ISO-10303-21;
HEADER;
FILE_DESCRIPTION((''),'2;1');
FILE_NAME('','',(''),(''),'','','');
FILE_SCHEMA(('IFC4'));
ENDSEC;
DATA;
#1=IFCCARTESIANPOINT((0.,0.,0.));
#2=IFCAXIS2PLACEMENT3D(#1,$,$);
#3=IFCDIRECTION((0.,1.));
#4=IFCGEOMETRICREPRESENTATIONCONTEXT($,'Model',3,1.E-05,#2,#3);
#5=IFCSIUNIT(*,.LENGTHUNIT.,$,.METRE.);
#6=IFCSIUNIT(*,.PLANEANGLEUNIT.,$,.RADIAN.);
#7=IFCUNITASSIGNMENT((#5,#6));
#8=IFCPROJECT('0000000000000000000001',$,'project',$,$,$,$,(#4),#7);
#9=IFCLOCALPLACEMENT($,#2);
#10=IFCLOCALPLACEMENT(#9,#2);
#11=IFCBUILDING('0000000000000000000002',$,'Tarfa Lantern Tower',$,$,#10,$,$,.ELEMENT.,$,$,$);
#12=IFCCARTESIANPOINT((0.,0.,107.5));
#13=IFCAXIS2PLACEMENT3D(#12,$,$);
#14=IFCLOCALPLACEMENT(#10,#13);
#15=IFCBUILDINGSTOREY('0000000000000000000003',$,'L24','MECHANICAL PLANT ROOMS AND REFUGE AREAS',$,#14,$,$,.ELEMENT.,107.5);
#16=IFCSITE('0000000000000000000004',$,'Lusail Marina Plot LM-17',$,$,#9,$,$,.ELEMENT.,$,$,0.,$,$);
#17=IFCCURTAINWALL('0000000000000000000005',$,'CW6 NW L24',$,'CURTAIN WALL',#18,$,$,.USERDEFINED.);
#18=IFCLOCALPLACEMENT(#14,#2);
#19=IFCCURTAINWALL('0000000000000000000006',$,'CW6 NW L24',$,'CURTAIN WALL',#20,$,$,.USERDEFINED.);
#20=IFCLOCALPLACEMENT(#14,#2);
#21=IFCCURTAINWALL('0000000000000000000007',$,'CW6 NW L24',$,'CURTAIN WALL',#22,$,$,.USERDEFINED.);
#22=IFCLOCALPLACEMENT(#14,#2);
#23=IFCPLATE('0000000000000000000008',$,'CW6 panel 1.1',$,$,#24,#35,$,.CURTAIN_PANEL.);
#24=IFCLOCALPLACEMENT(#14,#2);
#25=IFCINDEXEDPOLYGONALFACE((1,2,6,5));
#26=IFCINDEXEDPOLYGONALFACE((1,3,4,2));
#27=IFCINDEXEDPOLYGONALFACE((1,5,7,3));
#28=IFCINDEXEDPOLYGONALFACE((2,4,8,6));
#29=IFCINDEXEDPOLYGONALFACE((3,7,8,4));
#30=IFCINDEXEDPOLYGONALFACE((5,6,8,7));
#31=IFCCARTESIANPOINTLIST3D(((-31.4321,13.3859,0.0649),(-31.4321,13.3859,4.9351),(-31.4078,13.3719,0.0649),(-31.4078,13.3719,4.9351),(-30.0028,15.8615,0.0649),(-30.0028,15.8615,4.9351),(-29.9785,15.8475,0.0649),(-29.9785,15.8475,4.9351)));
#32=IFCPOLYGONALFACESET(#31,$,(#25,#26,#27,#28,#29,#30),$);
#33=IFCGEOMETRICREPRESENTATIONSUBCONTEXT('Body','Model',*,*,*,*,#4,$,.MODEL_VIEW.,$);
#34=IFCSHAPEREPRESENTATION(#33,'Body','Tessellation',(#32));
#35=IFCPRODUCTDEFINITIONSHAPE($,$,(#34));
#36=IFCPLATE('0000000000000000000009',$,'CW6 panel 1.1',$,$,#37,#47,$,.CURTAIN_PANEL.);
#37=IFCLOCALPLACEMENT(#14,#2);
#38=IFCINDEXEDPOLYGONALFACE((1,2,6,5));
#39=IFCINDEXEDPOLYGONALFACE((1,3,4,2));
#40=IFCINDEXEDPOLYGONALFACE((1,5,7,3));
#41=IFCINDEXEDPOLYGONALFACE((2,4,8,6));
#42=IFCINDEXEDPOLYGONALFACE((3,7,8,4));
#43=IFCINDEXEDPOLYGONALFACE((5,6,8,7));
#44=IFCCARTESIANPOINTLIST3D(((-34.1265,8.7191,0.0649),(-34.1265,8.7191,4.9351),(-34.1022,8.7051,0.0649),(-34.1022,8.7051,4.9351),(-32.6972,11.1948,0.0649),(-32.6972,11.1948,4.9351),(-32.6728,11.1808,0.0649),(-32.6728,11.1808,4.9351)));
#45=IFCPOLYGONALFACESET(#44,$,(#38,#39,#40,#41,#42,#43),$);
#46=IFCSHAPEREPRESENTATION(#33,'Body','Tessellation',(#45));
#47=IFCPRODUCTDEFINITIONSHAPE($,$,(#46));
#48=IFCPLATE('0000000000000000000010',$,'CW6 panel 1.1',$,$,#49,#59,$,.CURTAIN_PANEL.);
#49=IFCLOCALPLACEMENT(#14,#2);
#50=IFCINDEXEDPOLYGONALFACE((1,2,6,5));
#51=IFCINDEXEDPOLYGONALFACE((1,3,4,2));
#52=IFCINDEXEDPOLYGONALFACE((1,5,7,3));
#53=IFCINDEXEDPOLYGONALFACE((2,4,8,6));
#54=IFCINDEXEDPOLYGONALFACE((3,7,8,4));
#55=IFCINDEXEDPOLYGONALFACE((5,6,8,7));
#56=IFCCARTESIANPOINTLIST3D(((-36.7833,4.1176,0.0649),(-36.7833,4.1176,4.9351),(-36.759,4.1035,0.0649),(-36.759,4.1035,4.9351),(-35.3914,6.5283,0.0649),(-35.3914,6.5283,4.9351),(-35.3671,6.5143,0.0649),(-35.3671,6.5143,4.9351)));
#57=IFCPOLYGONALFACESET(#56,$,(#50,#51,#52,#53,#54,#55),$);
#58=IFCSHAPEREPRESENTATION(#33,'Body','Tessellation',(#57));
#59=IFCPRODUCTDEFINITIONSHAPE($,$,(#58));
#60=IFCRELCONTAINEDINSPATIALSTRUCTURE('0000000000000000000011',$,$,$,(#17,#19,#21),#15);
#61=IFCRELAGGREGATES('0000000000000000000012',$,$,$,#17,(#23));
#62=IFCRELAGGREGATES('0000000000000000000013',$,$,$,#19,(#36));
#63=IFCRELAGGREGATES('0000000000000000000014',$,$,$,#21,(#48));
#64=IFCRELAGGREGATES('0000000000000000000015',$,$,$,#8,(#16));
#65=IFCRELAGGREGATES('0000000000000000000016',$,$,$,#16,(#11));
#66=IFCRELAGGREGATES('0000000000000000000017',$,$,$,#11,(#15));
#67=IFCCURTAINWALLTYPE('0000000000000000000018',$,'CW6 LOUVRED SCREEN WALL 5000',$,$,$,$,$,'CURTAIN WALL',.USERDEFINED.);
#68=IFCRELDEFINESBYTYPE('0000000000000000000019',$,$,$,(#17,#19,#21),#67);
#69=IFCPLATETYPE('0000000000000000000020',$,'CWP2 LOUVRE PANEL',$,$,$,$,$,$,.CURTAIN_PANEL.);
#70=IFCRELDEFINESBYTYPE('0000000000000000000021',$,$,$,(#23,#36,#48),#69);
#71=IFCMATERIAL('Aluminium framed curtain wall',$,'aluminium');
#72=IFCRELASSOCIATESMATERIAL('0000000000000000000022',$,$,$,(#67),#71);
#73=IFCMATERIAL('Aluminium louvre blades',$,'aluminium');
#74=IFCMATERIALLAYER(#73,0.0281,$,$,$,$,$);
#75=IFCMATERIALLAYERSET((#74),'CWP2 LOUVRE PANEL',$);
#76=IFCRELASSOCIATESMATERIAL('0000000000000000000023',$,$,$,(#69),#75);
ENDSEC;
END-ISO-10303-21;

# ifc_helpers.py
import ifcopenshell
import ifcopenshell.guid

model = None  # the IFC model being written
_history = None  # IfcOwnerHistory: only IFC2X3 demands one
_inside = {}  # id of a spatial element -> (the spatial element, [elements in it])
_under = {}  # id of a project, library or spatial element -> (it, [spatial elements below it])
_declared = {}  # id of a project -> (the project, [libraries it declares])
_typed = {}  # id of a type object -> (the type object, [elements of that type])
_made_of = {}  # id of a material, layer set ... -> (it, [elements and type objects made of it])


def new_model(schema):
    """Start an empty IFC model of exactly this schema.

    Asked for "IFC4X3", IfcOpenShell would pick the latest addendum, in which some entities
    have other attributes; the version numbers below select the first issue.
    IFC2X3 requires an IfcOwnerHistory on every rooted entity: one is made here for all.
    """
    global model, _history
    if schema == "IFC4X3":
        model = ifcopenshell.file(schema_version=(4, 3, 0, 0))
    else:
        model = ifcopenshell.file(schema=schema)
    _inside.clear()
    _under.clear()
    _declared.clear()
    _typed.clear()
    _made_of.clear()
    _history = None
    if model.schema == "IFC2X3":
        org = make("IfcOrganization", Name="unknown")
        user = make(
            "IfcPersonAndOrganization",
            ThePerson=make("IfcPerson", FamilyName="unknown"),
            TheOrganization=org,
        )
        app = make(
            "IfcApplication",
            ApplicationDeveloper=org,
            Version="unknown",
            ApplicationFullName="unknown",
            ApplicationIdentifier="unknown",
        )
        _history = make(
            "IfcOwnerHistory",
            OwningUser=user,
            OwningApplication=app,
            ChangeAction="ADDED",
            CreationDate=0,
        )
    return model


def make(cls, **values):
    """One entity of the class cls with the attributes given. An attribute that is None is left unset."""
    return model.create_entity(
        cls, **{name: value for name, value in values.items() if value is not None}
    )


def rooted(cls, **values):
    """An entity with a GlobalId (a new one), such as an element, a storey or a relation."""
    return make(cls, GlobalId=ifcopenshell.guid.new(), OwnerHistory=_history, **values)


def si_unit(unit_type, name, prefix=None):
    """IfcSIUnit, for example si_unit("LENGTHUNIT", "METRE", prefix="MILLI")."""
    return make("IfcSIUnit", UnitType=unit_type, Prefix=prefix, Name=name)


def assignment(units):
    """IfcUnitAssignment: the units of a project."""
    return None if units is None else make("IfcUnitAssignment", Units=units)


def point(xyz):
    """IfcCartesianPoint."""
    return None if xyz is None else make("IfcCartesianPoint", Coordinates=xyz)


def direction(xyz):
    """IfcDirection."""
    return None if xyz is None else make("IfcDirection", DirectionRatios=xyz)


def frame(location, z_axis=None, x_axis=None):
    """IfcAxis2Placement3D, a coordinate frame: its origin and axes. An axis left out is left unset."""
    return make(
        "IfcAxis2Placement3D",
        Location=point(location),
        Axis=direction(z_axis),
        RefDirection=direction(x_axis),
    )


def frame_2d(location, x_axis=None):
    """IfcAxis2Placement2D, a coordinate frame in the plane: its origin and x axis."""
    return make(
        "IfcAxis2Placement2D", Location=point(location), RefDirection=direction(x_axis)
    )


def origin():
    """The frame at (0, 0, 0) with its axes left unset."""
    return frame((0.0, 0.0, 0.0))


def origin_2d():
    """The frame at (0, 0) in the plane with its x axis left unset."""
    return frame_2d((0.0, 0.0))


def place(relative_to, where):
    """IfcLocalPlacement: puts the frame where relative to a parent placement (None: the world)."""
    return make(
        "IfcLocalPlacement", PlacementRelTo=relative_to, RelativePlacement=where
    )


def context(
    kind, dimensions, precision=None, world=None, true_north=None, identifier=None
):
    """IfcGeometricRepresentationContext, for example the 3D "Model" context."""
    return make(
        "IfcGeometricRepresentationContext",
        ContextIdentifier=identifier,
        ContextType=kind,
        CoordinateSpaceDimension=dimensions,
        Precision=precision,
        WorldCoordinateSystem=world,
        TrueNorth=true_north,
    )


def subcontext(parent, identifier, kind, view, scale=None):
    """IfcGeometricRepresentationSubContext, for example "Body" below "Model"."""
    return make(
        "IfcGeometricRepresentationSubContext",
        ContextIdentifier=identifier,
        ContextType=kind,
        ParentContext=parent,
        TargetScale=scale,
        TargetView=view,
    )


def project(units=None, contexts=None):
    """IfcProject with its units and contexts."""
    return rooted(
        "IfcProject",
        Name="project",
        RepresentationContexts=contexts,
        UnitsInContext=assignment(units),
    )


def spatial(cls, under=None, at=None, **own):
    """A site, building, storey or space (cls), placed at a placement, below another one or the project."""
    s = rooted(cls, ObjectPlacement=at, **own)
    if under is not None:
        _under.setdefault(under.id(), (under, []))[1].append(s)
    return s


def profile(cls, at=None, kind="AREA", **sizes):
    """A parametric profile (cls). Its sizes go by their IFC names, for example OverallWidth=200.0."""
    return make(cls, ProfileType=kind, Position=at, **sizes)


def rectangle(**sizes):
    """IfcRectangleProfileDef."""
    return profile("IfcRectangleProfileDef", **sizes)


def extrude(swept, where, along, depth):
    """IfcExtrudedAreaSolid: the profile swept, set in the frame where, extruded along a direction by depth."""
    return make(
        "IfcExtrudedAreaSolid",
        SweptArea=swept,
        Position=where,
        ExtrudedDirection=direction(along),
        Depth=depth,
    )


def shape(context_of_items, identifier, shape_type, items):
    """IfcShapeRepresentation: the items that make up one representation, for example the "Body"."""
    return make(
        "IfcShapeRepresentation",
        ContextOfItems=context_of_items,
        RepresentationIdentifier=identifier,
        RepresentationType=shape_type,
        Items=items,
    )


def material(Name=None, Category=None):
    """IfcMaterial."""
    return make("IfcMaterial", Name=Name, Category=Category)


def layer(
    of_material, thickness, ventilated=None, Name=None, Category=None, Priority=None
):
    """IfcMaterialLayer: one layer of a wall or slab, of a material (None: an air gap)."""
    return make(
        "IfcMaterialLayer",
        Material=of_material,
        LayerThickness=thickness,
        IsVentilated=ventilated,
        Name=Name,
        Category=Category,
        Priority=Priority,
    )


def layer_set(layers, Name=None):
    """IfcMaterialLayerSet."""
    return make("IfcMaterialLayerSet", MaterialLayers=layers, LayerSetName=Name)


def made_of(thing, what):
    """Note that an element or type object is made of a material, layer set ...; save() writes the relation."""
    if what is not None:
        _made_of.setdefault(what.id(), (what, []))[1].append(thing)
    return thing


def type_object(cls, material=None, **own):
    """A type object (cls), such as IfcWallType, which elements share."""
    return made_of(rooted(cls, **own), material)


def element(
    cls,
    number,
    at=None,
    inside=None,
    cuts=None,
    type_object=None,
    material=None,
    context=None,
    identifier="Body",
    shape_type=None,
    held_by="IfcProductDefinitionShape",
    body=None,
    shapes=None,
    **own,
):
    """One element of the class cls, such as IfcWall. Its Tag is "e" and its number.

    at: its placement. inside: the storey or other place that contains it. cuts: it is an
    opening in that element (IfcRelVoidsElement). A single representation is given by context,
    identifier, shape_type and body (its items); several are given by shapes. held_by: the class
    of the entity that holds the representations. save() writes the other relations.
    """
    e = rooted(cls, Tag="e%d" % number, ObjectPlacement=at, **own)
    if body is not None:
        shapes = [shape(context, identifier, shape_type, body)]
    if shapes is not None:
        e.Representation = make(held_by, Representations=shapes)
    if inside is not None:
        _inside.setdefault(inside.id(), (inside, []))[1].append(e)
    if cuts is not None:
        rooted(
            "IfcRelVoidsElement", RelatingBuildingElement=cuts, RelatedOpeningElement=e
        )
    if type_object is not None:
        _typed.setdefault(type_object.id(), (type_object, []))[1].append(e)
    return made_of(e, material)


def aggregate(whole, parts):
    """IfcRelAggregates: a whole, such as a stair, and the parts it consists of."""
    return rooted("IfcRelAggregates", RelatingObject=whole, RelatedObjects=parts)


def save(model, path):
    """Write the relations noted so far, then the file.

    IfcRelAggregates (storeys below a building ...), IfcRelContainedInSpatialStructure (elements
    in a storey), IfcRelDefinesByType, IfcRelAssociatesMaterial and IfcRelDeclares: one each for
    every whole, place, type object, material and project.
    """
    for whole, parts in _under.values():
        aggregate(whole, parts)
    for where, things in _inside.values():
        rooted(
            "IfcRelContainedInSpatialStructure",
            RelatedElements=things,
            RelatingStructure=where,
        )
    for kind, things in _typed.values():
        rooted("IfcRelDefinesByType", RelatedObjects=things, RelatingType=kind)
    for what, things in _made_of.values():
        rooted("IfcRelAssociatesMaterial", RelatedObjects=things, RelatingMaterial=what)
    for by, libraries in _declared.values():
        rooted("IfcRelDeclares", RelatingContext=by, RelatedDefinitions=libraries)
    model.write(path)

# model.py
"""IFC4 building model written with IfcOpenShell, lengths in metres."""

from ifc_helpers import new_model, si_unit, direction, frame, origin, origin_2d, place, context, subcontext, project, spatial, rectangle, extrude, material, layer, layer_set, type_object, element, aggregate, save


model = new_model("IFC4")

# Units and contexts
model_context = context("Model", 3, precision=1e-05, world=origin(), true_north=direction((0.0, 1.0)))
body_context = subcontext(model_context, "Body", "Model", "MODEL_VIEW")
ifc_project = project(units=[si_unit("LENGTHUNIT", "METRE"), si_unit("PLANEANGLEUNIT", "RADIAN")], contexts=[model_context])

# Site, building, storey
site_placement = place(None, origin())
site = spatial("IfcSite", under=ifc_project, at=site_placement, Name="Lusail Marina Plot LM-17", CompositionType="ELEMENT", RefElevation=0.0)
building_placement = place(site_placement, origin())
building = spatial("IfcBuilding", under=site, at=building_placement, Name="Tarfa Lantern Tower", CompositionType="ELEMENT")
storey_placement = place(building_placement, frame((0.0, 0.0, 107.5)))
storey = spatial("IfcBuildingStorey", under=building, at=storey_placement, Name="L24", Description="MECHANICAL PLANT ROOMS AND REFUGE AREAS", CompositionType="ELEMENT", Elevation=107.5)

# Curtain wall
ifc_material_1 = material(Name="Aluminium framed curtain wall", Category="aluminium")
curtain_wall_type = type_object("IfcCurtainWallType", Name="CW6 LOUVRED SCREEN WALL 5000", ElementType="CURTAIN WALL", PredefinedType="USERDEFINED", material=ifc_material_1)
curtain_wall_1_placement = place(storey_placement, origin())
curtain_wall_1 = element("IfcCurtainWall", 1, at=curtain_wall_1_placement, inside=storey, type_object=curtain_wall_type, Name="CW6 NW L24", ObjectType="CURTAIN WALL", PredefinedType="USERDEFINED")

# Curtain walls
curtain_wall_2_placement = place(storey_placement, origin())
curtain_wall_2 = element("IfcCurtainWall", 2, at=curtain_wall_2_placement, inside=storey, type_object=curtain_wall_type, Name="CW6 NW L24", ObjectType="CURTAIN WALL", PredefinedType="USERDEFINED")
curtain_wall_3_placement = place(storey_placement, origin())
curtain_wall_3 = element("IfcCurtainWall", 3, at=curtain_wall_3_placement, inside=storey, type_object=curtain_wall_type, Name="CW6 NW L24", ObjectType="CURTAIN WALL", PredefinedType="USERDEFINED")

# Plates
ifc_material_2 = material(Name="Aluminium louvre blades", Category="aluminium")
ifc_layer = layer(ifc_material_2, 0.0281)
ifc_layer_set = layer_set([ifc_layer], Name="CWP2 LOUVRE PANEL")
plate_type = type_object("IfcPlateType", Name="CWP2 LOUVRE PANEL", PredefinedType="CURTAIN_PANEL", material=ifc_layer_set)
plate_1_placement = place(storey_placement, frame((-30.7053, 14.6167, 0.0649), z_axis=(0.0, 0.0, 1.0), x_axis=(-0.5, -0.866025, 0.0)))
plate_1 = element("IfcPlate", 4, at=plate_1_placement, type_object=plate_type, Name="CW6 panel 1.1", PredefinedType="CURTAIN_PANEL", context=body_context, shape_type="SweptSolid", body=[
    extrude(rectangle(XDim=2.8586, YDim=0.0281, at=origin_2d()), origin(), (0.0, 0.0, 1.0), 4.8701),
])
aggregate(curtain_wall_1, [plate_1])
plate_2_placement = place(storey_placement, frame((-33.3997, 9.95, 0.0649), z_axis=(0.0, 0.0, 1.0), x_axis=(-0.5, -0.866025, 0.0)))
plate_2 = element("IfcPlate", 5, at=plate_2_placement, type_object=plate_type, Name="CW6 panel 1.1", PredefinedType="CURTAIN_PANEL", context=body_context, shape_type="SweptSolid", body=[
    extrude(rectangle(XDim=2.8586, YDim=0.0281, at=origin_2d()), origin(), (0.0, 0.0, 1.0), 4.8701),
])
aggregate(curtain_wall_2, [plate_2])
plate_3_placement = place(storey_placement, frame((-36.0752, 5.3159, 0.0649), z_axis=(0.0, 0.0, 1.0), x_axis=(-0.5, -0.866025, 0.0)))
plate_3 = element("IfcPlate", 6, at=plate_3_placement, type_object=plate_type, Name="CW6 panel 1.1", PredefinedType="CURTAIN_PANEL", context=body_context, shape_type="SweptSolid", body=[
    extrude(rectangle(XDim=2.7837, YDim=0.0281, at=origin_2d()), origin(), (0.0, 0.0, 1.0), 4.8701),
])
aggregate(curtain_wall_3, [plate_3])

save(model, "model.ifc")
